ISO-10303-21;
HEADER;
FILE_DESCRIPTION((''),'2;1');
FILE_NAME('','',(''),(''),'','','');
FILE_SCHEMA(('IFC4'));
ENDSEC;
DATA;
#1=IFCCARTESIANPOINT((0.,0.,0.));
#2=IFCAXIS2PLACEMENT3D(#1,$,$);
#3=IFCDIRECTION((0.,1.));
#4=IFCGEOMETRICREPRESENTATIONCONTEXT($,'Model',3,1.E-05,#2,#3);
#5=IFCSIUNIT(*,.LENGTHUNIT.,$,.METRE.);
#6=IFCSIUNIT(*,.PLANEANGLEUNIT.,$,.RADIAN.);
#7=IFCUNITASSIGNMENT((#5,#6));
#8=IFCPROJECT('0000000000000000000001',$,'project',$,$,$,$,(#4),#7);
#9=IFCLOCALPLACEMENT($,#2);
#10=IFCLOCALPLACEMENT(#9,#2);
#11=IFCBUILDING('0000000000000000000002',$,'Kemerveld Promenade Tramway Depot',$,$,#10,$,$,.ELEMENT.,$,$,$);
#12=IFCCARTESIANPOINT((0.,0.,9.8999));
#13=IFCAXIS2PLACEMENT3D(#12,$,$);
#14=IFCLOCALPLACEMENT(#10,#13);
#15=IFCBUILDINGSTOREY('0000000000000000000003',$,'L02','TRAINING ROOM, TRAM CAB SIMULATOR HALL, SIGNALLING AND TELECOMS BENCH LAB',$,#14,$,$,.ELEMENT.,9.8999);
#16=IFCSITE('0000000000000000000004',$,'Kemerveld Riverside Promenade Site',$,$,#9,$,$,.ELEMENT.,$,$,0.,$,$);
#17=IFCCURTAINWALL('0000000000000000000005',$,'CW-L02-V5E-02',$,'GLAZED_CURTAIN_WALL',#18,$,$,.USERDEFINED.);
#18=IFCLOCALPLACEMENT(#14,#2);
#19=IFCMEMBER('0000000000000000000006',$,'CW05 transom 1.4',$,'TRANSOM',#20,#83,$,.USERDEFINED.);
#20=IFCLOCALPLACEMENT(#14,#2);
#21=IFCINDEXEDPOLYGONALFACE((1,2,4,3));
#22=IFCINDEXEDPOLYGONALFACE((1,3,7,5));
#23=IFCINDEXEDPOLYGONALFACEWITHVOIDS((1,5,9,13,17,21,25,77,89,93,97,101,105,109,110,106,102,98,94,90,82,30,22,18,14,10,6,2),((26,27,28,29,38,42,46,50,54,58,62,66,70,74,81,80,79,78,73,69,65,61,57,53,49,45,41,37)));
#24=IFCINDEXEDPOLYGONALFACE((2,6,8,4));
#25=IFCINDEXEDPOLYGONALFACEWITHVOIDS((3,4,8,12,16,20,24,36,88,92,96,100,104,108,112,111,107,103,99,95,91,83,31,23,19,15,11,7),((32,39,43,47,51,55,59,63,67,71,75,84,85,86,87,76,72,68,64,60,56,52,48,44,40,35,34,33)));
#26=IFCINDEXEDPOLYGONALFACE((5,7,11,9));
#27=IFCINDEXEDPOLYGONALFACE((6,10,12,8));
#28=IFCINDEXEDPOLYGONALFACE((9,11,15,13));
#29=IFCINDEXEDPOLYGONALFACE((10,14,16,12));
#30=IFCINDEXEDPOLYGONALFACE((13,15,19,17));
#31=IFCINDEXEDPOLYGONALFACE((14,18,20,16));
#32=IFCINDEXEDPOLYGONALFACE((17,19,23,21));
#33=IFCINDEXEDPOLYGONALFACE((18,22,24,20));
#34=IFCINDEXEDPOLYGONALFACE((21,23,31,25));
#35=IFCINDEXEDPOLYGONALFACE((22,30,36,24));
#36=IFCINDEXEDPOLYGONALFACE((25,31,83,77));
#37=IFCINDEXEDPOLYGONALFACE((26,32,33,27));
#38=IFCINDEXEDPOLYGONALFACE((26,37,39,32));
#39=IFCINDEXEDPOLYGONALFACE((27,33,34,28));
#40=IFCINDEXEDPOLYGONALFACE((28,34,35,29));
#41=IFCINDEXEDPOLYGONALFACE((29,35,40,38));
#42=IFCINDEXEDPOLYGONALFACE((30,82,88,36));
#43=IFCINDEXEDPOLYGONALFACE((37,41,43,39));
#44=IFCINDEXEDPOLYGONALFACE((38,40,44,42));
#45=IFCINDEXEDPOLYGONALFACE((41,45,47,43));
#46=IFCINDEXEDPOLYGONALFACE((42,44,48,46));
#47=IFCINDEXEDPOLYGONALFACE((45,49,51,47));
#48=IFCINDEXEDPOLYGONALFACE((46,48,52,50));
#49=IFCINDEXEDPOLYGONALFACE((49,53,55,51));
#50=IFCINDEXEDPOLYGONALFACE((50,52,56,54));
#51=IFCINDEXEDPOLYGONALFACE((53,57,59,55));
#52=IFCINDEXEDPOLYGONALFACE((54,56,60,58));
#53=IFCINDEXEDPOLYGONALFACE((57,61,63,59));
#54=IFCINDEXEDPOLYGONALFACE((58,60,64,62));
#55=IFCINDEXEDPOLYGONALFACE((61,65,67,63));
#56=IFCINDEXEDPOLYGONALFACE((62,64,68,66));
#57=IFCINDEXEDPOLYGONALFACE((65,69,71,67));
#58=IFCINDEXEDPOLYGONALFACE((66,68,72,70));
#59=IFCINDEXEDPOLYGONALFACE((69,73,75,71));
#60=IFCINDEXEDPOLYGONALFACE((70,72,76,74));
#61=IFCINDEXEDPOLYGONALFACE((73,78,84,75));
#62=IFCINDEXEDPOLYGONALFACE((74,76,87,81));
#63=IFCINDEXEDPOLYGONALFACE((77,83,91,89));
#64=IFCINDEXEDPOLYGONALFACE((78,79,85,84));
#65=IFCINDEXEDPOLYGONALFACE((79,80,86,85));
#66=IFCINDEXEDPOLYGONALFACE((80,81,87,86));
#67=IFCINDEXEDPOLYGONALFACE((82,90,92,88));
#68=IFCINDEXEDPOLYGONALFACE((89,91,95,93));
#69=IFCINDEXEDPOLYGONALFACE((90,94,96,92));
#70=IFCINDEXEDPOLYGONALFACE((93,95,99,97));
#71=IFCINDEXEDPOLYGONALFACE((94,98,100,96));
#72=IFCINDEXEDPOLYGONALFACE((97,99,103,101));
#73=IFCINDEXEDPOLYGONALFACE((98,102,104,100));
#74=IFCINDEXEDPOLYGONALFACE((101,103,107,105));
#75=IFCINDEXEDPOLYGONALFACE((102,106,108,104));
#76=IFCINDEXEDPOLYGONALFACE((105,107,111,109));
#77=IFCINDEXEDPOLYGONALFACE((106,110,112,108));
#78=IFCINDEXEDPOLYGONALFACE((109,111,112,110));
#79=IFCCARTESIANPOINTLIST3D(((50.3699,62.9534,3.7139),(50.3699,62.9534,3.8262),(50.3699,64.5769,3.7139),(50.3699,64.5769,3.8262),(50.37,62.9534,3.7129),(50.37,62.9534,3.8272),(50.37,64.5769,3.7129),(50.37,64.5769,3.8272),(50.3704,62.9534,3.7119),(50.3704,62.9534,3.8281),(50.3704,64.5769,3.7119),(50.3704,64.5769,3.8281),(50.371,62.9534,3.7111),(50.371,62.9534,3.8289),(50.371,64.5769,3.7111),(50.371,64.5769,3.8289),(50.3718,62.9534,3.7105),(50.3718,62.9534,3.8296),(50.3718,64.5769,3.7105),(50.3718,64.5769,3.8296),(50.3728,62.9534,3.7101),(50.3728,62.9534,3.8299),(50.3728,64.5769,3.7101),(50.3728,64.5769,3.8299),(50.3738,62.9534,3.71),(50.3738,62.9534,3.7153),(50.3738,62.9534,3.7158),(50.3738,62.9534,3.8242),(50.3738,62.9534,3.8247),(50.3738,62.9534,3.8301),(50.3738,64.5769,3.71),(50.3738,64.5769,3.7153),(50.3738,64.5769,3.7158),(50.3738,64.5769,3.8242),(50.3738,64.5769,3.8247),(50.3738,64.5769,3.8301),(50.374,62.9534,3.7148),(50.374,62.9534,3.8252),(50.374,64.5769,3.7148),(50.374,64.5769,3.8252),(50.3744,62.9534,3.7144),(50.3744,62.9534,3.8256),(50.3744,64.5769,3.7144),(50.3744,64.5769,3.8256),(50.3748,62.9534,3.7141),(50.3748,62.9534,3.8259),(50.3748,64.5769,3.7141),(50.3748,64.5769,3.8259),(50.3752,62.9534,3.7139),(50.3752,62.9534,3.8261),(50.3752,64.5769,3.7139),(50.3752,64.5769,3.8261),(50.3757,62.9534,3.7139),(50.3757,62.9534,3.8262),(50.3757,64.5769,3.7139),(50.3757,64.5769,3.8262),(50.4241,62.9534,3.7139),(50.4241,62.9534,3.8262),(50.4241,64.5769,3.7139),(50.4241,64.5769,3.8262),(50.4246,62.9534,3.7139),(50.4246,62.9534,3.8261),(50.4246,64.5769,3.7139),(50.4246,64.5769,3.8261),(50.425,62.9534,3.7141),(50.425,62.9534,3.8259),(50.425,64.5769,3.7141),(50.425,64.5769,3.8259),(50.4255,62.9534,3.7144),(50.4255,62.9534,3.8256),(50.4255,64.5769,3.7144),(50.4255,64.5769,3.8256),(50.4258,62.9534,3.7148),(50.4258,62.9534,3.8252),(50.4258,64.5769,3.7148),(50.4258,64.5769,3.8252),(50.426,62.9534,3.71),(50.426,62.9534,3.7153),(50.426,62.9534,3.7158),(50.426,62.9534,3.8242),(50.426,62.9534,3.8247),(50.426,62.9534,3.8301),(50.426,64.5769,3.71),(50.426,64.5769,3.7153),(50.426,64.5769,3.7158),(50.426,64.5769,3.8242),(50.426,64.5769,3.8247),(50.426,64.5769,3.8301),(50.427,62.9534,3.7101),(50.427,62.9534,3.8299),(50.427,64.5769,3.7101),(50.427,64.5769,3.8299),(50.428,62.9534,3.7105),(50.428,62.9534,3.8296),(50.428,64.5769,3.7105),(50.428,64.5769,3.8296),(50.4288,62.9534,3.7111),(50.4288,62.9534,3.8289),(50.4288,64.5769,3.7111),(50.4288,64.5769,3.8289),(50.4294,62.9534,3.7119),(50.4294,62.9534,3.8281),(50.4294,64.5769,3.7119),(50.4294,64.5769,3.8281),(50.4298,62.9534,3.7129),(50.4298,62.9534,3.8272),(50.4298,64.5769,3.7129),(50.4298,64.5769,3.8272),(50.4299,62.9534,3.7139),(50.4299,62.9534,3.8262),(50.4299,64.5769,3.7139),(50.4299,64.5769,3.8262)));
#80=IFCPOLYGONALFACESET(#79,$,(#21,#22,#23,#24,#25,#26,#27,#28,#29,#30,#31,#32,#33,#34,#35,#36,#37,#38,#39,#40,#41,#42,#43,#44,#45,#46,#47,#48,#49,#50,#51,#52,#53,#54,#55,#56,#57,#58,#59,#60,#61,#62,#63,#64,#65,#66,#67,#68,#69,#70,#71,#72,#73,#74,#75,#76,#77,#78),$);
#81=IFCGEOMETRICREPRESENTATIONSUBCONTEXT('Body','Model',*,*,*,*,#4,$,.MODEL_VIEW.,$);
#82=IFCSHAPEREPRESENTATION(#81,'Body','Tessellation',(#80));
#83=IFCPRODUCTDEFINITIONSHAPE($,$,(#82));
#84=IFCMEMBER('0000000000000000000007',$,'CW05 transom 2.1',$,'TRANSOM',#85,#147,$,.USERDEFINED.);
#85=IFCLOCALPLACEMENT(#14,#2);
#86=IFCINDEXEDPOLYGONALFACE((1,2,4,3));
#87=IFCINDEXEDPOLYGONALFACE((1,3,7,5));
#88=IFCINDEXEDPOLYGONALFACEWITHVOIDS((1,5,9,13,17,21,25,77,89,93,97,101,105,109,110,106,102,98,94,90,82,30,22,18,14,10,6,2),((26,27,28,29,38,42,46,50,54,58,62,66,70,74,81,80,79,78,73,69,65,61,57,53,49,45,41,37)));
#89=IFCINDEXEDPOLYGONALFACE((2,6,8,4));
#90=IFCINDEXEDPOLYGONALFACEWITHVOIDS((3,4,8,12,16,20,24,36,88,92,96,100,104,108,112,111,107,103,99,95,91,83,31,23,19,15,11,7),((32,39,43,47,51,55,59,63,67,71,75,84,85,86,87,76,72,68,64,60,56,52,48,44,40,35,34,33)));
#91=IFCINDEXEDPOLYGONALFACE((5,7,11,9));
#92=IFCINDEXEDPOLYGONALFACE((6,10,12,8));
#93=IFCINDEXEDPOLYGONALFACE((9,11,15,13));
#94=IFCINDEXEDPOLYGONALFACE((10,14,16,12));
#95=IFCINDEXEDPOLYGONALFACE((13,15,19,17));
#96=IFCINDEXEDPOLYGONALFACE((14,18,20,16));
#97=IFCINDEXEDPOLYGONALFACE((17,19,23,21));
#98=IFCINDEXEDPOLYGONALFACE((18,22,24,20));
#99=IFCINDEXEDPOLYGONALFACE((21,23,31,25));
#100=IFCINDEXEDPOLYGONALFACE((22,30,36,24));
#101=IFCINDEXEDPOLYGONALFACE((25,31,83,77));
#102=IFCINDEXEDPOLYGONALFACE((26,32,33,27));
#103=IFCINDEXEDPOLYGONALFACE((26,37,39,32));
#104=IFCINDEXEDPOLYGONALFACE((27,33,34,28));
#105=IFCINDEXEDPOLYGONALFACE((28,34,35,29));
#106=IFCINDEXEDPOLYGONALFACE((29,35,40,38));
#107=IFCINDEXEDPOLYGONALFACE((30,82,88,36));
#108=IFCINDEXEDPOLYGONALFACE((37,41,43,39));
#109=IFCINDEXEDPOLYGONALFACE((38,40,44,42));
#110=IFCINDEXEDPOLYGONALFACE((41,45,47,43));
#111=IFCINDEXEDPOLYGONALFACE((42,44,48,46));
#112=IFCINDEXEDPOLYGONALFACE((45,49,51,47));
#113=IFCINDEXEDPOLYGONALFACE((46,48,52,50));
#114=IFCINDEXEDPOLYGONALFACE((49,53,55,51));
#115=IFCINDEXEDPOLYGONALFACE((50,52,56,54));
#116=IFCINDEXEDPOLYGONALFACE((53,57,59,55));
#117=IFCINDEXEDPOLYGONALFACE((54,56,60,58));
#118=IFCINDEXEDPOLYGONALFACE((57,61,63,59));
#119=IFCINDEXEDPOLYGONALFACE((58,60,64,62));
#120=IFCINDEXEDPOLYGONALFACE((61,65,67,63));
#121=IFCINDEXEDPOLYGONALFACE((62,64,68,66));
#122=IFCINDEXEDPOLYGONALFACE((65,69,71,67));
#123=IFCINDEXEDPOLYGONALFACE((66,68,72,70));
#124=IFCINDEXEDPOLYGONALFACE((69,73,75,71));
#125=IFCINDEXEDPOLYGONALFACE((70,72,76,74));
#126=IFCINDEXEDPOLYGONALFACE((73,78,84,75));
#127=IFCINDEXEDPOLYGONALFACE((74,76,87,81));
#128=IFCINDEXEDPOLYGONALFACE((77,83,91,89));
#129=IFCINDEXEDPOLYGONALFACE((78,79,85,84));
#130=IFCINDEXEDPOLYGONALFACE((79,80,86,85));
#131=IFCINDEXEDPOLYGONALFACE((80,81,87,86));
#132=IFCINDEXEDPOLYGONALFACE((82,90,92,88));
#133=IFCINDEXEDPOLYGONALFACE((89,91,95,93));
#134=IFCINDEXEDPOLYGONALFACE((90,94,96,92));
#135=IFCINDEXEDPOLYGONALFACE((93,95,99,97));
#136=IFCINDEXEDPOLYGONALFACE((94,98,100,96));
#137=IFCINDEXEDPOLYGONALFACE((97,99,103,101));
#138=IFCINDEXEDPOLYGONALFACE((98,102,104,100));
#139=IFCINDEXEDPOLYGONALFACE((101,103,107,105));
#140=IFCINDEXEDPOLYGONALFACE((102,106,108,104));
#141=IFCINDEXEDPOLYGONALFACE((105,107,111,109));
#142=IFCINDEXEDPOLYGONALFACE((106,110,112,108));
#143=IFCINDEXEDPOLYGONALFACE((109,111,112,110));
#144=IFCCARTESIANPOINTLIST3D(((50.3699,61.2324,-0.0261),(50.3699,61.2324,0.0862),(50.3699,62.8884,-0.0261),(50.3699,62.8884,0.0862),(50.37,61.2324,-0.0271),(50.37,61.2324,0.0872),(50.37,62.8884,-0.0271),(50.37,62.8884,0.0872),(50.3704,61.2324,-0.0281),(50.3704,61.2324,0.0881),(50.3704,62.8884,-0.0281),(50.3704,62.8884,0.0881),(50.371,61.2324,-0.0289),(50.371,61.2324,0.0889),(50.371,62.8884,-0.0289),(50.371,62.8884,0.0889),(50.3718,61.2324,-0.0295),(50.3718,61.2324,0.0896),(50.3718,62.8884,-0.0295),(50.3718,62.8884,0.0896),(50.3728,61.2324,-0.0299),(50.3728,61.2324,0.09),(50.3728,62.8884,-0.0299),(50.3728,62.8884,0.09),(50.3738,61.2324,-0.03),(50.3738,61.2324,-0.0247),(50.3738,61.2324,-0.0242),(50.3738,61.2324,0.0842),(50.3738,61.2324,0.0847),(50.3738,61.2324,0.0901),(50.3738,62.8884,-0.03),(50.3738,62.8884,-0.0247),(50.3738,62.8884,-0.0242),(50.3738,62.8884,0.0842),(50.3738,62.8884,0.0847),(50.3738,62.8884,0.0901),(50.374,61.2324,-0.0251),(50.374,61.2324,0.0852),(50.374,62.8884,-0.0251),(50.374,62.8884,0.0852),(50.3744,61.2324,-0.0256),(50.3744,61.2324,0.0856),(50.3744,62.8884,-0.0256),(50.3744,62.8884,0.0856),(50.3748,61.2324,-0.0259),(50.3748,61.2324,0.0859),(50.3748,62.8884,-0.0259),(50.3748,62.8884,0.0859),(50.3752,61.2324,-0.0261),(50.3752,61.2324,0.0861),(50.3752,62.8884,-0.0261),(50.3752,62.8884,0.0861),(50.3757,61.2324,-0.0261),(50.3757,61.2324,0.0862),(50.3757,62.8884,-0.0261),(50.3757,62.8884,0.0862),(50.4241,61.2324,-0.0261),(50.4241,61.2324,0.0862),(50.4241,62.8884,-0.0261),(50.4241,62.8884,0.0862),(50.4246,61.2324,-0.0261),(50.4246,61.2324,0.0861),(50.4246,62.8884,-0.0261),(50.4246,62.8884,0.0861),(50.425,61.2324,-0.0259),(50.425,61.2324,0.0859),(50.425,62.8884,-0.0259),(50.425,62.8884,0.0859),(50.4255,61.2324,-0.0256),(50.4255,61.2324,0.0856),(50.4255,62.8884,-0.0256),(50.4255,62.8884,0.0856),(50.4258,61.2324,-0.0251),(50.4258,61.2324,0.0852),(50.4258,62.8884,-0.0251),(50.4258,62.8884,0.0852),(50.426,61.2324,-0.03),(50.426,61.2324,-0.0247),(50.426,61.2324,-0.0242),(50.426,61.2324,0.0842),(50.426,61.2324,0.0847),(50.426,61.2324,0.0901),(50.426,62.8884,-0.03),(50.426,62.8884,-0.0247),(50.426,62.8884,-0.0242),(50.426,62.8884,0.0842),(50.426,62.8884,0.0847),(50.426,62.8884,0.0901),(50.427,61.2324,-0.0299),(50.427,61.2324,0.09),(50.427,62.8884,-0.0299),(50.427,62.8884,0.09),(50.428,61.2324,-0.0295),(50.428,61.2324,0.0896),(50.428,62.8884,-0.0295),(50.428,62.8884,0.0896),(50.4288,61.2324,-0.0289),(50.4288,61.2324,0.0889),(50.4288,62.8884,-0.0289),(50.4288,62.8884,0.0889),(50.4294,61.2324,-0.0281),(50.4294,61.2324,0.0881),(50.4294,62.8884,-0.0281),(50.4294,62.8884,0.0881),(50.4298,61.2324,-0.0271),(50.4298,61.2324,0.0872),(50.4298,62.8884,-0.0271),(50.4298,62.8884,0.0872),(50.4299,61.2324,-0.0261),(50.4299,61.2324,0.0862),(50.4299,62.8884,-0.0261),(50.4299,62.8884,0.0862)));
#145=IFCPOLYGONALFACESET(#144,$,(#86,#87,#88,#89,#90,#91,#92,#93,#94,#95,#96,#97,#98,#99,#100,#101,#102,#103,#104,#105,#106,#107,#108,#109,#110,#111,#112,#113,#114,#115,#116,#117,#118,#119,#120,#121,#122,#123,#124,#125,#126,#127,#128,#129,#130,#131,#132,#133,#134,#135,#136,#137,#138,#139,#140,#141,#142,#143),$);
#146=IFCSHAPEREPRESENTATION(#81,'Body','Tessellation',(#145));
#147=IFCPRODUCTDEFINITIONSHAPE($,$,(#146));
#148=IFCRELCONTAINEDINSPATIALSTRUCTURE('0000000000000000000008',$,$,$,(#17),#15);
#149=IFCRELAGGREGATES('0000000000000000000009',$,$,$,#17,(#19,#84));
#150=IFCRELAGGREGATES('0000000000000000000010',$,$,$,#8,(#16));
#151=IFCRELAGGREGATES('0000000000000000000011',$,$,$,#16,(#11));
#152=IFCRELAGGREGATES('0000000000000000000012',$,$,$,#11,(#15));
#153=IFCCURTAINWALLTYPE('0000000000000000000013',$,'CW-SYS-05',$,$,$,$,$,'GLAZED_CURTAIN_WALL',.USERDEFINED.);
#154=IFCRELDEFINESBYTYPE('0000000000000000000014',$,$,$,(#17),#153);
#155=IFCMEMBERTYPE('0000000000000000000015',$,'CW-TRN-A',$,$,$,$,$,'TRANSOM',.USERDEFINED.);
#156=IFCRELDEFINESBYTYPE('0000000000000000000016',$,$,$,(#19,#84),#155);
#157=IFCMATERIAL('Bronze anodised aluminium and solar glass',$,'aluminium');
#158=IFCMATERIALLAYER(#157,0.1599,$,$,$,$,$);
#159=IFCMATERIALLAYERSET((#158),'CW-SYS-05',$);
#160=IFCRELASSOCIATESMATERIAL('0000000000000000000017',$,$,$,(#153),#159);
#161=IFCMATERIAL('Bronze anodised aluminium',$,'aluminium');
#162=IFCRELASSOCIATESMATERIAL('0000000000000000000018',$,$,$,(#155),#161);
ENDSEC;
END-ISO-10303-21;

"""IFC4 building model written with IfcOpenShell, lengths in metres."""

from ifc_helpers import new_model, si_unit, direction, frame, origin, origin_2d, place, context, subcontext, project, spatial, hollow_rectangle, extrude, material, layer, layer_set, material_profile, profile_set, type_object, element, aggregate, save


model = new_model("IFC4")

# Units and contexts
model_context = context("Model", 3, precision=1e-05, world=origin(), true_north=direction((0.0, 1.0)))
body_context = subcontext(model_context, "Body", "Model", "MODEL_VIEW")
ifc_project = project(units=[si_unit("LENGTHUNIT", "METRE"), si_unit("PLANEANGLEUNIT", "RADIAN")], contexts=[model_context])

# Site, building, storey
site_placement = place(None, origin())
site = spatial("IfcSite", under=ifc_project, at=site_placement, Name="Kemerveld Riverside Promenade Site", CompositionType="ELEMENT", RefElevation=0.0)
building_placement = place(site_placement, origin())
building = spatial("IfcBuilding", under=site, at=building_placement, Name="Kemerveld Promenade Tramway Depot", CompositionType="ELEMENT")
storey_placement = place(building_placement, frame((0.0, 0.0, 9.8999)))
storey = spatial("IfcBuildingStorey", under=building, at=storey_placement, Name="L02", Description="TRAINING ROOM, TRAM CAB SIMULATOR HALL, SIGNALLING AND TELECOMS BENCH LAB", CompositionType="ELEMENT", Elevation=9.8999)

# Curtain wall, members
ifc_material_1 = material(Name="Bronze anodised aluminium and solar glass", Category="aluminium")
ifc_layer_1 = layer(ifc_material_1, 0.1599)
ifc_layer_set_1 = layer_set([ifc_layer_1], Name="CW-SYS-05")
curtain_wall_type = type_object("IfcCurtainWallType", Name="CW-SYS-05", ElementType="GLAZED_CURTAIN_WALL", PredefinedType="USERDEFINED", material=ifc_layer_set_1)
curtain_wall_placement = place(storey_placement, origin())
curtain_wall = element("IfcCurtainWall", 1, at=curtain_wall_placement, inside=storey, type_object=curtain_wall_type, Name="CW-L02-V5E-02", ObjectType="GLAZED_CURTAIN_WALL", PredefinedType="USERDEFINED")
ifc_material_2 = material(Name="Bronze anodised aluminium", Category="aluminium")
ifc_material_profile_1 = material_profile(ifc_material_2, hollow_rectangle(XDim=0.0601, YDim=0.1201, WallThickness=0.0039, InnerFilletRadius=0.002, OuterFilletRadius=0.0039, at=origin_2d()), Name="CW-TRN-120x60")
ifc_profile_set_1 = profile_set([ifc_material_profile_1], Name="Bronze anodised aluminium")
member_type_1 = type_object("IfcMemberType", Name="CW-TRN-A", ElementType="TRANSOM", PredefinedType="USERDEFINED", material=ifc_profile_set_1)
member_1_placement = place(storey_placement, frame((50.3999, 64.5769, 3.77), z_axis=(0.0, -1.0, 0.0), x_axis=(1.0, 0.0, 0.0)))
member_1 = element("IfcMember", 2, at=member_1_placement, type_object=member_type_1, Name="CW05 transom 1.4", ObjectType="TRANSOM", PredefinedType="USERDEFINED", context=body_context, shape_type="SweptSolid", body=[
    extrude(hollow_rectangle(XDim=0.0601, YDim=0.1201, WallThickness=0.0039, InnerFilletRadius=0.002, OuterFilletRadius=0.0039, at=origin_2d()), origin(), (0.0, 0.0, 1.0), 1.6235),
])
member_2_placement = place(storey_placement, frame((50.3999, 62.8884, 0.03), z_axis=(0.0, -1.0, 0.0), x_axis=(1.0, 0.0, 0.0)))
member_2 = element("IfcMember", 3, at=member_2_placement, type_object=member_type_1, Name="CW05 transom 2.1", ObjectType="TRANSOM", PredefinedType="USERDEFINED", context=body_context, shape_type="SweptSolid", body=[
    extrude(hollow_rectangle(XDim=0.0601, YDim=0.1201, WallThickness=0.0039, InnerFilletRadius=0.002, OuterFilletRadius=0.0039, at=origin_2d()), origin(), (0.0, 0.0, 1.0), 1.656),
])
aggregate(curtain_wall, [member_1, member_2])

save(model, "model.ifc")
